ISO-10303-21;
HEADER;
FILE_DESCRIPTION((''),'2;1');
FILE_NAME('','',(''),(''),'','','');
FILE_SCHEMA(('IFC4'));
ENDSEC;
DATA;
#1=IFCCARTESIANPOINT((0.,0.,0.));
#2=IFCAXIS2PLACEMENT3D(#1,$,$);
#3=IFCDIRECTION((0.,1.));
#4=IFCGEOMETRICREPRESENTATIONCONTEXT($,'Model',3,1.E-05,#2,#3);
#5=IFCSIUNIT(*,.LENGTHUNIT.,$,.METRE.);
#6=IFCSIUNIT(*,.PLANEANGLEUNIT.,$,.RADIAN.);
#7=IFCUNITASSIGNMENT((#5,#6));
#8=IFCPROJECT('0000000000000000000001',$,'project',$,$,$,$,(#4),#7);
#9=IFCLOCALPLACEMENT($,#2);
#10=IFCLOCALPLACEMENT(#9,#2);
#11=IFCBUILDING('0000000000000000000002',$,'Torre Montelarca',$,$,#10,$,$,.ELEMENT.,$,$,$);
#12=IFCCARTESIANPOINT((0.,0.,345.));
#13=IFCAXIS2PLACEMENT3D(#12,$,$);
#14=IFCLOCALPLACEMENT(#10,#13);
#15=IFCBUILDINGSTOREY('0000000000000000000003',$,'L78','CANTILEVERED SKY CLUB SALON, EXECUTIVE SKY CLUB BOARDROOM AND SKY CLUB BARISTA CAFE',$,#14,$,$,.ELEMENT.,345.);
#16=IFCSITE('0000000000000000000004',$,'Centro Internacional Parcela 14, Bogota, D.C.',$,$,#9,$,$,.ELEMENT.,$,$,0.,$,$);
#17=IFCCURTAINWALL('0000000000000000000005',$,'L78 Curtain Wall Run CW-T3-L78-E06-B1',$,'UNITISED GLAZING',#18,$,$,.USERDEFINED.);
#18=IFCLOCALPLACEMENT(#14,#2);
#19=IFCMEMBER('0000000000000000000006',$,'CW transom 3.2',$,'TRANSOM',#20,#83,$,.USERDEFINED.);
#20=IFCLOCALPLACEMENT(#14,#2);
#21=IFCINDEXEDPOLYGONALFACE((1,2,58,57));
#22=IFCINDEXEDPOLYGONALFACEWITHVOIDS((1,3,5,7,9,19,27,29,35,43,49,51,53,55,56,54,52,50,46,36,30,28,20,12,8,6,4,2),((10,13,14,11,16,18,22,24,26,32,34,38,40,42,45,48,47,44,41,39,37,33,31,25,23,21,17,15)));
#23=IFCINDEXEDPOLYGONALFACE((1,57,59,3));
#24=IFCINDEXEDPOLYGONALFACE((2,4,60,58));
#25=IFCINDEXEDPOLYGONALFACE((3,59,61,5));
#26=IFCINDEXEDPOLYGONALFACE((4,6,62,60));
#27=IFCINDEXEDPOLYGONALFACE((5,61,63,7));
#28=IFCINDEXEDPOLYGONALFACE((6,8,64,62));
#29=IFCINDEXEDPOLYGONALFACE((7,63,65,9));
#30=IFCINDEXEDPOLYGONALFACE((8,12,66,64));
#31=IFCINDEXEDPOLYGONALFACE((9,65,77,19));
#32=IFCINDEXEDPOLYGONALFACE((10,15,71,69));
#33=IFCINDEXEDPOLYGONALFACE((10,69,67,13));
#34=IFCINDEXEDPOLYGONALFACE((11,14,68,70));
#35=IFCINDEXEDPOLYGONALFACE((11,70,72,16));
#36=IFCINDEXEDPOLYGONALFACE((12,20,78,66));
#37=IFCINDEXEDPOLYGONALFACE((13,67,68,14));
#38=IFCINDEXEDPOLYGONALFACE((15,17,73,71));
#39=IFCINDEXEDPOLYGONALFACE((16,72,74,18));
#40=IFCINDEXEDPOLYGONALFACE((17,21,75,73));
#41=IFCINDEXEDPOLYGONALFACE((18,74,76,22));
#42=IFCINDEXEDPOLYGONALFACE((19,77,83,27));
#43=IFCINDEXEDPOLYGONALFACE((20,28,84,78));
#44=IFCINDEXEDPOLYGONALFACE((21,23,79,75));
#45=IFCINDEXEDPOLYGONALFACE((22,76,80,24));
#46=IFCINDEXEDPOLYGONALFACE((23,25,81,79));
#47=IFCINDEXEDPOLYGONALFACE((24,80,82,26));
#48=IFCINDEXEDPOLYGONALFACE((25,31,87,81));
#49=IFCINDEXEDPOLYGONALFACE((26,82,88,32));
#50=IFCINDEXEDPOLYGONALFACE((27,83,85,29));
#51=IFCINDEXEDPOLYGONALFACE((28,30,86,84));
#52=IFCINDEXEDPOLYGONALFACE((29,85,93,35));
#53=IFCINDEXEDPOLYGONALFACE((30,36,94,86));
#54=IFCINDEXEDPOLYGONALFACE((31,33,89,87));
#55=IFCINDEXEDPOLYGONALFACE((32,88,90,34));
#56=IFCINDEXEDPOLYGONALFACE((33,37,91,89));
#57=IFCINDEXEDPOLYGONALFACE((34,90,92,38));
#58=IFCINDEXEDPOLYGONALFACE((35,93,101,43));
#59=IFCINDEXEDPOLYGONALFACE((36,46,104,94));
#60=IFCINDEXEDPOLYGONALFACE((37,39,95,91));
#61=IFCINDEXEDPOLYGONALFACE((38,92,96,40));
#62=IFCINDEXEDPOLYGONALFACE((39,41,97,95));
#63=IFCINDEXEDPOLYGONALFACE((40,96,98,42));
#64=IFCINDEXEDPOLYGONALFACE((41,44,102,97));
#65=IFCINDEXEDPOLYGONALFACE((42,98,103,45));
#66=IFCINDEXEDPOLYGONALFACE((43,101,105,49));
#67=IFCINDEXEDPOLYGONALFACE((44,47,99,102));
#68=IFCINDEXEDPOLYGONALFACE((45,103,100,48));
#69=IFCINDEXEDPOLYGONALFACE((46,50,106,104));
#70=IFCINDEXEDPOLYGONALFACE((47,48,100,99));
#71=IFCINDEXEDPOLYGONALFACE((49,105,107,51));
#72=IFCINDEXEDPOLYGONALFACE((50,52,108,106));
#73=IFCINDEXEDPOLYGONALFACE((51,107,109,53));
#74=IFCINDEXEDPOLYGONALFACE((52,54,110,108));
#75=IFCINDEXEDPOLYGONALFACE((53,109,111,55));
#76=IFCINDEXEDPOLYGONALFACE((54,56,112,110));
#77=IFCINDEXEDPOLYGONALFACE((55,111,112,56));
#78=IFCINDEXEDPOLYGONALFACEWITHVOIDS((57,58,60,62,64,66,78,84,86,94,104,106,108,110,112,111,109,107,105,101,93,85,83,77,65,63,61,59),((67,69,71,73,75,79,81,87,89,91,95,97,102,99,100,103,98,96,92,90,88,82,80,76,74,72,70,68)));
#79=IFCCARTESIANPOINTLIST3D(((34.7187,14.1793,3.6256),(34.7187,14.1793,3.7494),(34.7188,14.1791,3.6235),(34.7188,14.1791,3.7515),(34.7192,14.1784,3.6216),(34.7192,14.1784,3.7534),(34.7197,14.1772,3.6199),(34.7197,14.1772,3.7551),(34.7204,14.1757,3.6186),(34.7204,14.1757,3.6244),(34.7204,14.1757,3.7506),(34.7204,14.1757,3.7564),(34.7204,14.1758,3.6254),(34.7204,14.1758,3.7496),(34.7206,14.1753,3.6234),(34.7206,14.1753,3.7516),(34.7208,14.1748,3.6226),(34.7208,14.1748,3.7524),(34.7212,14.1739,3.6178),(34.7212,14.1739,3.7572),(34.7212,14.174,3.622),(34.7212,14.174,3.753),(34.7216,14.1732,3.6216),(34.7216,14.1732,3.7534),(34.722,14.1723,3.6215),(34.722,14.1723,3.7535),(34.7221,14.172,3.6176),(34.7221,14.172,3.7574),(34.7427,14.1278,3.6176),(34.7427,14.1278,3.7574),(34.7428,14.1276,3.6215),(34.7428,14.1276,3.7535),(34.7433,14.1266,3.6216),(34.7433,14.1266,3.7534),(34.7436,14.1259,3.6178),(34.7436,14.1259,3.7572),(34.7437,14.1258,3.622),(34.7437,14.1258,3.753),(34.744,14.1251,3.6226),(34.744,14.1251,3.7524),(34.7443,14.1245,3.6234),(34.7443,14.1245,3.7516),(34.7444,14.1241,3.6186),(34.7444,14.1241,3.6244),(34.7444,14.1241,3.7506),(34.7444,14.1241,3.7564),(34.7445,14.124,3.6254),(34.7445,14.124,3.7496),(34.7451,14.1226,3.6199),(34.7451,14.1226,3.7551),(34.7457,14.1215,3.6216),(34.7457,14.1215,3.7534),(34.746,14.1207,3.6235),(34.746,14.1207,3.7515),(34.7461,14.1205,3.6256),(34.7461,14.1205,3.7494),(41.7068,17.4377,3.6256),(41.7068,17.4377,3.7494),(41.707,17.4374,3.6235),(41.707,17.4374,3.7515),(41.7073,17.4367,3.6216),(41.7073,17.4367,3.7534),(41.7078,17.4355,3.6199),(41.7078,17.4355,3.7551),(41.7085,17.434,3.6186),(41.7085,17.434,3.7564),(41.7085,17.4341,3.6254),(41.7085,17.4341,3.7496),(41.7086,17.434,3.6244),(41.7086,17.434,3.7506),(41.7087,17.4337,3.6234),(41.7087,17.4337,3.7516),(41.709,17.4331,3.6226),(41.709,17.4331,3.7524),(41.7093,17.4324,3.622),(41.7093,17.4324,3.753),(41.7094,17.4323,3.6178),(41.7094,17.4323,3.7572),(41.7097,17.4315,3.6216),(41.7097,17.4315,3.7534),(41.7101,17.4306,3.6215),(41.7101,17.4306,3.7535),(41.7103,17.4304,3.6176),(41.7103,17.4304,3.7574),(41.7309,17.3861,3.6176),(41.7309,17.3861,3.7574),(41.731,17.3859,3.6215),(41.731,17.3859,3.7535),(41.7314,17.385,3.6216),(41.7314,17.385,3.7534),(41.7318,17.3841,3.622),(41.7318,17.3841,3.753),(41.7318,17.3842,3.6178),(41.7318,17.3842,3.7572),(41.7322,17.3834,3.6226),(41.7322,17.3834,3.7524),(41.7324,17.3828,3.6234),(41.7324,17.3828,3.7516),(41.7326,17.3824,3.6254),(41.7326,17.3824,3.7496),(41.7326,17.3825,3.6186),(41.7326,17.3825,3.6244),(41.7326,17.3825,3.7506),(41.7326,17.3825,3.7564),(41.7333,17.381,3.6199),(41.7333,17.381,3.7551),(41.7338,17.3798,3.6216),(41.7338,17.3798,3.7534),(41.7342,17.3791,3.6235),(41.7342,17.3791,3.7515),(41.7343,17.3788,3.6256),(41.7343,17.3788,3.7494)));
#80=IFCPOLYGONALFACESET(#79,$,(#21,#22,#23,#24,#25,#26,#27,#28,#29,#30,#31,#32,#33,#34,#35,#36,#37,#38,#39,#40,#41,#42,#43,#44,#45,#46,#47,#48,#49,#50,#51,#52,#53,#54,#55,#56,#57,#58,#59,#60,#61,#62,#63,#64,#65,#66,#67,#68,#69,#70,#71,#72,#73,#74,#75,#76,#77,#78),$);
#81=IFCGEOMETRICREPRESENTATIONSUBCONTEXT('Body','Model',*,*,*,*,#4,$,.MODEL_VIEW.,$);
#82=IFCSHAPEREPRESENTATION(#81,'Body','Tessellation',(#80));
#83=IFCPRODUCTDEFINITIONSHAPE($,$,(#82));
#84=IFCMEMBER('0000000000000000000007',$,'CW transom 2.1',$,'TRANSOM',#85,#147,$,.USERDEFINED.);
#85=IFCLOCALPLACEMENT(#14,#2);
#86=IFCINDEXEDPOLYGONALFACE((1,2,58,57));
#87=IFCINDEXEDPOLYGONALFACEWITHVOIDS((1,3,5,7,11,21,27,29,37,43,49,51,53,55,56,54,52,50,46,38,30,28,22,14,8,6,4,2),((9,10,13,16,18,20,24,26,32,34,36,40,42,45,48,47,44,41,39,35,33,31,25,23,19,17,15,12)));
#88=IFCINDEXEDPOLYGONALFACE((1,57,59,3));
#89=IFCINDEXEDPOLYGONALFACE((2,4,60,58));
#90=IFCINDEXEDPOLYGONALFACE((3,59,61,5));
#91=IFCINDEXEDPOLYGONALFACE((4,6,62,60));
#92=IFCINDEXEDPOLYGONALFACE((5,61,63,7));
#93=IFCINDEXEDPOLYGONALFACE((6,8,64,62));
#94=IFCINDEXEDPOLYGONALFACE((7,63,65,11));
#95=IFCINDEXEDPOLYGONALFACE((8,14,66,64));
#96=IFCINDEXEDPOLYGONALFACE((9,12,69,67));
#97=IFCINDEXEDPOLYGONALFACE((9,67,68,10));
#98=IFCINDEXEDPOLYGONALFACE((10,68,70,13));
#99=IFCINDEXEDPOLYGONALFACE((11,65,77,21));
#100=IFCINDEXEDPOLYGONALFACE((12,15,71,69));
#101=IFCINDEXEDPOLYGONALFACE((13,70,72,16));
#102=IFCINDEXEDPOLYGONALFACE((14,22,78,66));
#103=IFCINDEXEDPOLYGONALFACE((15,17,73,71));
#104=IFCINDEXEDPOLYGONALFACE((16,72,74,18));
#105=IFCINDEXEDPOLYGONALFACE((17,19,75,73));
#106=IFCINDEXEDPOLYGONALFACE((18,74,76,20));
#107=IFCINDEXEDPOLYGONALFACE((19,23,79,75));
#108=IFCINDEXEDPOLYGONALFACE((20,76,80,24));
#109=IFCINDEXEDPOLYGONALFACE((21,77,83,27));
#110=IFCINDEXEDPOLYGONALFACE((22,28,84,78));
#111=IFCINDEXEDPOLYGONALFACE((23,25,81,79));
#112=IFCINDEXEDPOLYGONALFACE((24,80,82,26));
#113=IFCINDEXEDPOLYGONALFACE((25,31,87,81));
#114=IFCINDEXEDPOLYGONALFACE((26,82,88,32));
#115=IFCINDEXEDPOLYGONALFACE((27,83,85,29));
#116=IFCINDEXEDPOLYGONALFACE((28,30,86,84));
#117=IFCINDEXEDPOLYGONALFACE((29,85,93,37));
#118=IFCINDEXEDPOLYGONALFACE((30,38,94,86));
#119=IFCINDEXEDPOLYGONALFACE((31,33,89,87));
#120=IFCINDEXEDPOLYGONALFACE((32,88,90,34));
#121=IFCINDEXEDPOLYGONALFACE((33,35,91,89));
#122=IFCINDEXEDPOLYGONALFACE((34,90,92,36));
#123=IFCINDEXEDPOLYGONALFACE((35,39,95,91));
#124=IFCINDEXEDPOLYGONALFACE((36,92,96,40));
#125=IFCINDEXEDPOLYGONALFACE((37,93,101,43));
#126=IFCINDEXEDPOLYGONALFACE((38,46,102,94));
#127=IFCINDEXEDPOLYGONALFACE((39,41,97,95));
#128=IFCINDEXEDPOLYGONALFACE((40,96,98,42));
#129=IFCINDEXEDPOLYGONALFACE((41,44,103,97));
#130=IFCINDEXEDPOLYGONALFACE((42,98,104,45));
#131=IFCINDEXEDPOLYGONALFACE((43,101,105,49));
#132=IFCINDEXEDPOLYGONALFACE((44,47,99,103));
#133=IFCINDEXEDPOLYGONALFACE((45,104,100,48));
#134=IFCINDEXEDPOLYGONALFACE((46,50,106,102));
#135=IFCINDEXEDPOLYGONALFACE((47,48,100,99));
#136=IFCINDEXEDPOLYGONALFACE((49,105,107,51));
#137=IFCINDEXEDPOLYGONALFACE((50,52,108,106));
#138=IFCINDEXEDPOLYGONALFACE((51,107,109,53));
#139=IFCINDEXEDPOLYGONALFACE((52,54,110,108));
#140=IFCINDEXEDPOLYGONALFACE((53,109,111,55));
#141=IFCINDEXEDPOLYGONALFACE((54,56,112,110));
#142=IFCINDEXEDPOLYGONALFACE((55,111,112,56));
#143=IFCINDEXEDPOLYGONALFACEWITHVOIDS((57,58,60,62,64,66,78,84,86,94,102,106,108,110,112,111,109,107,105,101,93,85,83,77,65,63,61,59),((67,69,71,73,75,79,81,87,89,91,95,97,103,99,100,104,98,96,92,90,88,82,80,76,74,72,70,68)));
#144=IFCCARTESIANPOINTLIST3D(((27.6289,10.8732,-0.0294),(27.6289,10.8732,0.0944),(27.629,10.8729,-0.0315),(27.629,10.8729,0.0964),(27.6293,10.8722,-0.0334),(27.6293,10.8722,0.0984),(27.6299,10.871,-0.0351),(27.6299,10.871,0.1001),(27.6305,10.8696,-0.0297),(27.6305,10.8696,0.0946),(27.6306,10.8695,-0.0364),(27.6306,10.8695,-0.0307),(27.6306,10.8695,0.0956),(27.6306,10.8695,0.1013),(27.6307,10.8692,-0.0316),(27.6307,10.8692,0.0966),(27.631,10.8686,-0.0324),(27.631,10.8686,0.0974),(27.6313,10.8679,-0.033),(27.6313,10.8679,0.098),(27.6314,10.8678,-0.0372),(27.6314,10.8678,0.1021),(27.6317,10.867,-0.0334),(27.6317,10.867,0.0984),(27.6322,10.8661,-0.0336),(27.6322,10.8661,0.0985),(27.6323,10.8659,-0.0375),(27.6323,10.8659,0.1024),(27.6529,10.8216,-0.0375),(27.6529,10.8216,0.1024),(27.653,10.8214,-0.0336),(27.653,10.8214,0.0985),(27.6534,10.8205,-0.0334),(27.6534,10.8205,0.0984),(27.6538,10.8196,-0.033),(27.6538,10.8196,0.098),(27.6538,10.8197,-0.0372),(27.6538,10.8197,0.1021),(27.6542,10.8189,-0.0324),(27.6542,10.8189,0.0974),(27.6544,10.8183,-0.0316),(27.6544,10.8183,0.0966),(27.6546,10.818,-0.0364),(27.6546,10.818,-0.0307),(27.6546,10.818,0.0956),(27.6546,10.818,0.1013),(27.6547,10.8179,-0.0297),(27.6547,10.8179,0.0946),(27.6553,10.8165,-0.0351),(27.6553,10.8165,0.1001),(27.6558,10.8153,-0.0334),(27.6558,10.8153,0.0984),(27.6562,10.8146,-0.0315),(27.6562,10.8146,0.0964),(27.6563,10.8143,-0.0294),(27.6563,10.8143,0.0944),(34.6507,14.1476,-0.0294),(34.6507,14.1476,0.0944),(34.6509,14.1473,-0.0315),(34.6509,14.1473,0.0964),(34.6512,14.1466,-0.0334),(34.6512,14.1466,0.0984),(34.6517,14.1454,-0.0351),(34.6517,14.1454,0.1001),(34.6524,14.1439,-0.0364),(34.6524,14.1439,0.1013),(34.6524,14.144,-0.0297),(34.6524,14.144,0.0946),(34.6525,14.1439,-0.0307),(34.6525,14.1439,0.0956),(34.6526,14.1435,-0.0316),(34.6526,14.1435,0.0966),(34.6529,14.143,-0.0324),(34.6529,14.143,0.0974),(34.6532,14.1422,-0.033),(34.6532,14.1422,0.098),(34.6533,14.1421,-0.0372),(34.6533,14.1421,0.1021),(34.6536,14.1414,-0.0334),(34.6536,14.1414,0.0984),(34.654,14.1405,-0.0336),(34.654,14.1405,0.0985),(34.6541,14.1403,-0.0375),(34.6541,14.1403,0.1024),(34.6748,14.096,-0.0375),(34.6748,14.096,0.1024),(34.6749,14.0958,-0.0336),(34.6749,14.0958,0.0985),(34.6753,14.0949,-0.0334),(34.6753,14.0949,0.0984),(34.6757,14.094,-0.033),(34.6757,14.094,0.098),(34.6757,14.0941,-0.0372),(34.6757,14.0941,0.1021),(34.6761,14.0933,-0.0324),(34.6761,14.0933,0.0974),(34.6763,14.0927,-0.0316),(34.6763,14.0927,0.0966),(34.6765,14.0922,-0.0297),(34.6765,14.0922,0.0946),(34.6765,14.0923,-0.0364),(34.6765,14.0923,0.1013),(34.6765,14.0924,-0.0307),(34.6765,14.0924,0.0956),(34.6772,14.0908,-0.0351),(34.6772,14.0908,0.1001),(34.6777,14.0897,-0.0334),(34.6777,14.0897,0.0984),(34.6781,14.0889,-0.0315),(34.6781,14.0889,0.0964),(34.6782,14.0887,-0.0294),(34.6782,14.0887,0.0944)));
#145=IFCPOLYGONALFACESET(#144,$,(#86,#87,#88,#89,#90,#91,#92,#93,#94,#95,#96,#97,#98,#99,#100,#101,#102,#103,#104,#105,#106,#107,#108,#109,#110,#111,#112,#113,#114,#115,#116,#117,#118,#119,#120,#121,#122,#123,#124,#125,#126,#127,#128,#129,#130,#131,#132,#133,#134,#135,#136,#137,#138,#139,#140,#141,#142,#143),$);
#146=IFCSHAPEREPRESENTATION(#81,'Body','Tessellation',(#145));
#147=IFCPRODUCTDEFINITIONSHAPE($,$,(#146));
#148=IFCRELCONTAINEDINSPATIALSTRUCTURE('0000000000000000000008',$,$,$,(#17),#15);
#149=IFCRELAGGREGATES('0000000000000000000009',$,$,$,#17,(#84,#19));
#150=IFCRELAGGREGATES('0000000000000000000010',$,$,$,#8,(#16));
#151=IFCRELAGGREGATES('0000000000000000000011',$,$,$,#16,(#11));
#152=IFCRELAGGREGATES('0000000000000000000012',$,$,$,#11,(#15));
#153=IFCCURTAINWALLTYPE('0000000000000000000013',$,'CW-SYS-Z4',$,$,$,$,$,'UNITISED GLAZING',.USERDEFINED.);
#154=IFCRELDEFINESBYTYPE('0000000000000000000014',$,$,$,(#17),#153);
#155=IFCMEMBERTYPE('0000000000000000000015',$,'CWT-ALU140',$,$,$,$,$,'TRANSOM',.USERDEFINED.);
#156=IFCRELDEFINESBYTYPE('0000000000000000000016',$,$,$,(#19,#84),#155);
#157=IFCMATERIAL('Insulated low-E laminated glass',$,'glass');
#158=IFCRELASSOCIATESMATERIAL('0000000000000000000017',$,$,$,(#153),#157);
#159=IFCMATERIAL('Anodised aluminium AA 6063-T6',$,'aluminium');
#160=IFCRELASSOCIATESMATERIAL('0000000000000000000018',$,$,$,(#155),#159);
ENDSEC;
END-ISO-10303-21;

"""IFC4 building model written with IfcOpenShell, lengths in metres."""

from ifc_helpers import new_model, si_unit, direction, frame, origin, origin_2d, place, context, subcontext, project, spatial, hollow_rectangle, extrude, source, transform, mapped, material, material_profile, profile_set, type_object, element, aggregate, save


model = new_model("IFC4")

# Units and contexts
model_context = context("Model", 3, precision=1e-05, world=origin(), true_north=direction((0.0, 1.0)))
body_context = subcontext(model_context, "Body", "Model", "MODEL_VIEW")
ifc_project = project(units=[si_unit("LENGTHUNIT", "METRE"), si_unit("PLANEANGLEUNIT", "RADIAN")], contexts=[model_context])

# Site, building, storey
site_placement = place(None, origin())
site = spatial("IfcSite", under=ifc_project, at=site_placement, Name="Centro Internacional Parcela 14, Bogota, D.C.", CompositionType="ELEMENT", RefElevation=0.0)
building_placement = place(site_placement, origin())
building = spatial("IfcBuilding", under=site, at=building_placement, Name="Torre Montelarca", CompositionType="ELEMENT")
storey_placement = place(building_placement, frame((0.0, 0.0, 345.0)))
storey = spatial("IfcBuildingStorey", under=building, at=storey_placement, Name="L78", Description="CANTILEVERED SKY CLUB SALON, EXECUTIVE SKY CLUB BOARDROOM AND SKY CLUB BARISTA CAFE", CompositionType="ELEMENT", Elevation=345.0)

# Curtain wall
ifc_material_1 = material(Name="Insulated low-E laminated glass", Category="glass")
curtain_wall_type = type_object("IfcCurtainWallType", Name="CW-SYS-Z4", ElementType="UNITISED GLAZING", PredefinedType="USERDEFINED", material=ifc_material_1)
curtain_wall_1_placement = place(storey_placement, origin())
curtain_wall_1 = element("IfcCurtainWall", 1, at=curtain_wall_1_placement, inside=storey, type_object=curtain_wall_type, Name="L78 Curtain Wall Run CW-T3-L78-E06-B1", ObjectType="UNITISED GLAZING", PredefinedType="USERDEFINED")
ifc_material_2 = material(Name="Anodised aluminium AA 6063-T6", Category="aluminium")
ifc_material_profile_1 = material_profile(ifc_material_2, hollow_rectangle(XDim=0.0649, YDim=0.1399, WallThickness=0.0039, InnerFilletRadius=0.0039, OuterFilletRadius=0.0081, at=origin_2d()), Name="ALU65X140X4", Category="aluminium")
ifc_profile_set_1 = profile_set([ifc_material_profile_1], Name="Anodised aluminium AA 6063-T6")
member_type_1 = type_object("IfcMemberType", Name="CWT-ALU140", ElementType="TRANSOM", PredefinedType="USERDEFINED", material=ifc_profile_set_1)

# Members
shared_shape_1 = source(origin(), body_context, "Body", "SweptSolid", [
    extrude(hollow_rectangle(XDim=0.0649, YDim=0.1399, WallThickness=0.0039, InnerFilletRadius=0.0039, OuterFilletRadius=0.0081, at=origin_2d()), origin(), (0.0, 0.0, 1.0), 7.7104),
])
member_1_placement = place(storey_placement, frame((34.7324, 14.1499, 3.6875), z_axis=(0.906321, 0.422589, 0.0), x_axis=(-0.422589, 0.906321, 0.0)))
member_1 = element("IfcMember", 2, at=member_1_placement, type_object=member_type_1, Name="CW transom 3.2", ObjectType="TRANSOM", PredefinedType="USERDEFINED", context=body_context, shape_type="MappedRepresentation", body=[
    mapped(shared_shape_1, transform((0.0, 0.0, 0.0), scale=1.0)),
])
shared_shape_2 = source(origin(), body_context, "Body", "SweptSolid", [
    extrude(hollow_rectangle(XDim=0.0649, YDim=0.1399, WallThickness=0.0039, InnerFilletRadius=0.0039, OuterFilletRadius=0.0081, at=origin_2d()), origin(), (0.0, 0.0, 1.0), 7.7478),
])
member_2_placement = place(storey_placement, frame((27.6426, 10.8438, 0.0325), z_axis=(0.906307, 0.42262, 0.0), x_axis=(-0.42262, 0.906307, 0.0)))
member_2 = element("IfcMember", 3, at=member_2_placement, type_object=member_type_1, Name="CW transom 2.1", ObjectType="TRANSOM", PredefinedType="USERDEFINED", context=body_context, shape_type="MappedRepresentation", body=[
    mapped(shared_shape_2, transform((0.0, 0.0, 0.0), scale=1.0)),
])

aggregate(curtain_wall_1, [member_2, member_1])

save(model, "model.ifc")
